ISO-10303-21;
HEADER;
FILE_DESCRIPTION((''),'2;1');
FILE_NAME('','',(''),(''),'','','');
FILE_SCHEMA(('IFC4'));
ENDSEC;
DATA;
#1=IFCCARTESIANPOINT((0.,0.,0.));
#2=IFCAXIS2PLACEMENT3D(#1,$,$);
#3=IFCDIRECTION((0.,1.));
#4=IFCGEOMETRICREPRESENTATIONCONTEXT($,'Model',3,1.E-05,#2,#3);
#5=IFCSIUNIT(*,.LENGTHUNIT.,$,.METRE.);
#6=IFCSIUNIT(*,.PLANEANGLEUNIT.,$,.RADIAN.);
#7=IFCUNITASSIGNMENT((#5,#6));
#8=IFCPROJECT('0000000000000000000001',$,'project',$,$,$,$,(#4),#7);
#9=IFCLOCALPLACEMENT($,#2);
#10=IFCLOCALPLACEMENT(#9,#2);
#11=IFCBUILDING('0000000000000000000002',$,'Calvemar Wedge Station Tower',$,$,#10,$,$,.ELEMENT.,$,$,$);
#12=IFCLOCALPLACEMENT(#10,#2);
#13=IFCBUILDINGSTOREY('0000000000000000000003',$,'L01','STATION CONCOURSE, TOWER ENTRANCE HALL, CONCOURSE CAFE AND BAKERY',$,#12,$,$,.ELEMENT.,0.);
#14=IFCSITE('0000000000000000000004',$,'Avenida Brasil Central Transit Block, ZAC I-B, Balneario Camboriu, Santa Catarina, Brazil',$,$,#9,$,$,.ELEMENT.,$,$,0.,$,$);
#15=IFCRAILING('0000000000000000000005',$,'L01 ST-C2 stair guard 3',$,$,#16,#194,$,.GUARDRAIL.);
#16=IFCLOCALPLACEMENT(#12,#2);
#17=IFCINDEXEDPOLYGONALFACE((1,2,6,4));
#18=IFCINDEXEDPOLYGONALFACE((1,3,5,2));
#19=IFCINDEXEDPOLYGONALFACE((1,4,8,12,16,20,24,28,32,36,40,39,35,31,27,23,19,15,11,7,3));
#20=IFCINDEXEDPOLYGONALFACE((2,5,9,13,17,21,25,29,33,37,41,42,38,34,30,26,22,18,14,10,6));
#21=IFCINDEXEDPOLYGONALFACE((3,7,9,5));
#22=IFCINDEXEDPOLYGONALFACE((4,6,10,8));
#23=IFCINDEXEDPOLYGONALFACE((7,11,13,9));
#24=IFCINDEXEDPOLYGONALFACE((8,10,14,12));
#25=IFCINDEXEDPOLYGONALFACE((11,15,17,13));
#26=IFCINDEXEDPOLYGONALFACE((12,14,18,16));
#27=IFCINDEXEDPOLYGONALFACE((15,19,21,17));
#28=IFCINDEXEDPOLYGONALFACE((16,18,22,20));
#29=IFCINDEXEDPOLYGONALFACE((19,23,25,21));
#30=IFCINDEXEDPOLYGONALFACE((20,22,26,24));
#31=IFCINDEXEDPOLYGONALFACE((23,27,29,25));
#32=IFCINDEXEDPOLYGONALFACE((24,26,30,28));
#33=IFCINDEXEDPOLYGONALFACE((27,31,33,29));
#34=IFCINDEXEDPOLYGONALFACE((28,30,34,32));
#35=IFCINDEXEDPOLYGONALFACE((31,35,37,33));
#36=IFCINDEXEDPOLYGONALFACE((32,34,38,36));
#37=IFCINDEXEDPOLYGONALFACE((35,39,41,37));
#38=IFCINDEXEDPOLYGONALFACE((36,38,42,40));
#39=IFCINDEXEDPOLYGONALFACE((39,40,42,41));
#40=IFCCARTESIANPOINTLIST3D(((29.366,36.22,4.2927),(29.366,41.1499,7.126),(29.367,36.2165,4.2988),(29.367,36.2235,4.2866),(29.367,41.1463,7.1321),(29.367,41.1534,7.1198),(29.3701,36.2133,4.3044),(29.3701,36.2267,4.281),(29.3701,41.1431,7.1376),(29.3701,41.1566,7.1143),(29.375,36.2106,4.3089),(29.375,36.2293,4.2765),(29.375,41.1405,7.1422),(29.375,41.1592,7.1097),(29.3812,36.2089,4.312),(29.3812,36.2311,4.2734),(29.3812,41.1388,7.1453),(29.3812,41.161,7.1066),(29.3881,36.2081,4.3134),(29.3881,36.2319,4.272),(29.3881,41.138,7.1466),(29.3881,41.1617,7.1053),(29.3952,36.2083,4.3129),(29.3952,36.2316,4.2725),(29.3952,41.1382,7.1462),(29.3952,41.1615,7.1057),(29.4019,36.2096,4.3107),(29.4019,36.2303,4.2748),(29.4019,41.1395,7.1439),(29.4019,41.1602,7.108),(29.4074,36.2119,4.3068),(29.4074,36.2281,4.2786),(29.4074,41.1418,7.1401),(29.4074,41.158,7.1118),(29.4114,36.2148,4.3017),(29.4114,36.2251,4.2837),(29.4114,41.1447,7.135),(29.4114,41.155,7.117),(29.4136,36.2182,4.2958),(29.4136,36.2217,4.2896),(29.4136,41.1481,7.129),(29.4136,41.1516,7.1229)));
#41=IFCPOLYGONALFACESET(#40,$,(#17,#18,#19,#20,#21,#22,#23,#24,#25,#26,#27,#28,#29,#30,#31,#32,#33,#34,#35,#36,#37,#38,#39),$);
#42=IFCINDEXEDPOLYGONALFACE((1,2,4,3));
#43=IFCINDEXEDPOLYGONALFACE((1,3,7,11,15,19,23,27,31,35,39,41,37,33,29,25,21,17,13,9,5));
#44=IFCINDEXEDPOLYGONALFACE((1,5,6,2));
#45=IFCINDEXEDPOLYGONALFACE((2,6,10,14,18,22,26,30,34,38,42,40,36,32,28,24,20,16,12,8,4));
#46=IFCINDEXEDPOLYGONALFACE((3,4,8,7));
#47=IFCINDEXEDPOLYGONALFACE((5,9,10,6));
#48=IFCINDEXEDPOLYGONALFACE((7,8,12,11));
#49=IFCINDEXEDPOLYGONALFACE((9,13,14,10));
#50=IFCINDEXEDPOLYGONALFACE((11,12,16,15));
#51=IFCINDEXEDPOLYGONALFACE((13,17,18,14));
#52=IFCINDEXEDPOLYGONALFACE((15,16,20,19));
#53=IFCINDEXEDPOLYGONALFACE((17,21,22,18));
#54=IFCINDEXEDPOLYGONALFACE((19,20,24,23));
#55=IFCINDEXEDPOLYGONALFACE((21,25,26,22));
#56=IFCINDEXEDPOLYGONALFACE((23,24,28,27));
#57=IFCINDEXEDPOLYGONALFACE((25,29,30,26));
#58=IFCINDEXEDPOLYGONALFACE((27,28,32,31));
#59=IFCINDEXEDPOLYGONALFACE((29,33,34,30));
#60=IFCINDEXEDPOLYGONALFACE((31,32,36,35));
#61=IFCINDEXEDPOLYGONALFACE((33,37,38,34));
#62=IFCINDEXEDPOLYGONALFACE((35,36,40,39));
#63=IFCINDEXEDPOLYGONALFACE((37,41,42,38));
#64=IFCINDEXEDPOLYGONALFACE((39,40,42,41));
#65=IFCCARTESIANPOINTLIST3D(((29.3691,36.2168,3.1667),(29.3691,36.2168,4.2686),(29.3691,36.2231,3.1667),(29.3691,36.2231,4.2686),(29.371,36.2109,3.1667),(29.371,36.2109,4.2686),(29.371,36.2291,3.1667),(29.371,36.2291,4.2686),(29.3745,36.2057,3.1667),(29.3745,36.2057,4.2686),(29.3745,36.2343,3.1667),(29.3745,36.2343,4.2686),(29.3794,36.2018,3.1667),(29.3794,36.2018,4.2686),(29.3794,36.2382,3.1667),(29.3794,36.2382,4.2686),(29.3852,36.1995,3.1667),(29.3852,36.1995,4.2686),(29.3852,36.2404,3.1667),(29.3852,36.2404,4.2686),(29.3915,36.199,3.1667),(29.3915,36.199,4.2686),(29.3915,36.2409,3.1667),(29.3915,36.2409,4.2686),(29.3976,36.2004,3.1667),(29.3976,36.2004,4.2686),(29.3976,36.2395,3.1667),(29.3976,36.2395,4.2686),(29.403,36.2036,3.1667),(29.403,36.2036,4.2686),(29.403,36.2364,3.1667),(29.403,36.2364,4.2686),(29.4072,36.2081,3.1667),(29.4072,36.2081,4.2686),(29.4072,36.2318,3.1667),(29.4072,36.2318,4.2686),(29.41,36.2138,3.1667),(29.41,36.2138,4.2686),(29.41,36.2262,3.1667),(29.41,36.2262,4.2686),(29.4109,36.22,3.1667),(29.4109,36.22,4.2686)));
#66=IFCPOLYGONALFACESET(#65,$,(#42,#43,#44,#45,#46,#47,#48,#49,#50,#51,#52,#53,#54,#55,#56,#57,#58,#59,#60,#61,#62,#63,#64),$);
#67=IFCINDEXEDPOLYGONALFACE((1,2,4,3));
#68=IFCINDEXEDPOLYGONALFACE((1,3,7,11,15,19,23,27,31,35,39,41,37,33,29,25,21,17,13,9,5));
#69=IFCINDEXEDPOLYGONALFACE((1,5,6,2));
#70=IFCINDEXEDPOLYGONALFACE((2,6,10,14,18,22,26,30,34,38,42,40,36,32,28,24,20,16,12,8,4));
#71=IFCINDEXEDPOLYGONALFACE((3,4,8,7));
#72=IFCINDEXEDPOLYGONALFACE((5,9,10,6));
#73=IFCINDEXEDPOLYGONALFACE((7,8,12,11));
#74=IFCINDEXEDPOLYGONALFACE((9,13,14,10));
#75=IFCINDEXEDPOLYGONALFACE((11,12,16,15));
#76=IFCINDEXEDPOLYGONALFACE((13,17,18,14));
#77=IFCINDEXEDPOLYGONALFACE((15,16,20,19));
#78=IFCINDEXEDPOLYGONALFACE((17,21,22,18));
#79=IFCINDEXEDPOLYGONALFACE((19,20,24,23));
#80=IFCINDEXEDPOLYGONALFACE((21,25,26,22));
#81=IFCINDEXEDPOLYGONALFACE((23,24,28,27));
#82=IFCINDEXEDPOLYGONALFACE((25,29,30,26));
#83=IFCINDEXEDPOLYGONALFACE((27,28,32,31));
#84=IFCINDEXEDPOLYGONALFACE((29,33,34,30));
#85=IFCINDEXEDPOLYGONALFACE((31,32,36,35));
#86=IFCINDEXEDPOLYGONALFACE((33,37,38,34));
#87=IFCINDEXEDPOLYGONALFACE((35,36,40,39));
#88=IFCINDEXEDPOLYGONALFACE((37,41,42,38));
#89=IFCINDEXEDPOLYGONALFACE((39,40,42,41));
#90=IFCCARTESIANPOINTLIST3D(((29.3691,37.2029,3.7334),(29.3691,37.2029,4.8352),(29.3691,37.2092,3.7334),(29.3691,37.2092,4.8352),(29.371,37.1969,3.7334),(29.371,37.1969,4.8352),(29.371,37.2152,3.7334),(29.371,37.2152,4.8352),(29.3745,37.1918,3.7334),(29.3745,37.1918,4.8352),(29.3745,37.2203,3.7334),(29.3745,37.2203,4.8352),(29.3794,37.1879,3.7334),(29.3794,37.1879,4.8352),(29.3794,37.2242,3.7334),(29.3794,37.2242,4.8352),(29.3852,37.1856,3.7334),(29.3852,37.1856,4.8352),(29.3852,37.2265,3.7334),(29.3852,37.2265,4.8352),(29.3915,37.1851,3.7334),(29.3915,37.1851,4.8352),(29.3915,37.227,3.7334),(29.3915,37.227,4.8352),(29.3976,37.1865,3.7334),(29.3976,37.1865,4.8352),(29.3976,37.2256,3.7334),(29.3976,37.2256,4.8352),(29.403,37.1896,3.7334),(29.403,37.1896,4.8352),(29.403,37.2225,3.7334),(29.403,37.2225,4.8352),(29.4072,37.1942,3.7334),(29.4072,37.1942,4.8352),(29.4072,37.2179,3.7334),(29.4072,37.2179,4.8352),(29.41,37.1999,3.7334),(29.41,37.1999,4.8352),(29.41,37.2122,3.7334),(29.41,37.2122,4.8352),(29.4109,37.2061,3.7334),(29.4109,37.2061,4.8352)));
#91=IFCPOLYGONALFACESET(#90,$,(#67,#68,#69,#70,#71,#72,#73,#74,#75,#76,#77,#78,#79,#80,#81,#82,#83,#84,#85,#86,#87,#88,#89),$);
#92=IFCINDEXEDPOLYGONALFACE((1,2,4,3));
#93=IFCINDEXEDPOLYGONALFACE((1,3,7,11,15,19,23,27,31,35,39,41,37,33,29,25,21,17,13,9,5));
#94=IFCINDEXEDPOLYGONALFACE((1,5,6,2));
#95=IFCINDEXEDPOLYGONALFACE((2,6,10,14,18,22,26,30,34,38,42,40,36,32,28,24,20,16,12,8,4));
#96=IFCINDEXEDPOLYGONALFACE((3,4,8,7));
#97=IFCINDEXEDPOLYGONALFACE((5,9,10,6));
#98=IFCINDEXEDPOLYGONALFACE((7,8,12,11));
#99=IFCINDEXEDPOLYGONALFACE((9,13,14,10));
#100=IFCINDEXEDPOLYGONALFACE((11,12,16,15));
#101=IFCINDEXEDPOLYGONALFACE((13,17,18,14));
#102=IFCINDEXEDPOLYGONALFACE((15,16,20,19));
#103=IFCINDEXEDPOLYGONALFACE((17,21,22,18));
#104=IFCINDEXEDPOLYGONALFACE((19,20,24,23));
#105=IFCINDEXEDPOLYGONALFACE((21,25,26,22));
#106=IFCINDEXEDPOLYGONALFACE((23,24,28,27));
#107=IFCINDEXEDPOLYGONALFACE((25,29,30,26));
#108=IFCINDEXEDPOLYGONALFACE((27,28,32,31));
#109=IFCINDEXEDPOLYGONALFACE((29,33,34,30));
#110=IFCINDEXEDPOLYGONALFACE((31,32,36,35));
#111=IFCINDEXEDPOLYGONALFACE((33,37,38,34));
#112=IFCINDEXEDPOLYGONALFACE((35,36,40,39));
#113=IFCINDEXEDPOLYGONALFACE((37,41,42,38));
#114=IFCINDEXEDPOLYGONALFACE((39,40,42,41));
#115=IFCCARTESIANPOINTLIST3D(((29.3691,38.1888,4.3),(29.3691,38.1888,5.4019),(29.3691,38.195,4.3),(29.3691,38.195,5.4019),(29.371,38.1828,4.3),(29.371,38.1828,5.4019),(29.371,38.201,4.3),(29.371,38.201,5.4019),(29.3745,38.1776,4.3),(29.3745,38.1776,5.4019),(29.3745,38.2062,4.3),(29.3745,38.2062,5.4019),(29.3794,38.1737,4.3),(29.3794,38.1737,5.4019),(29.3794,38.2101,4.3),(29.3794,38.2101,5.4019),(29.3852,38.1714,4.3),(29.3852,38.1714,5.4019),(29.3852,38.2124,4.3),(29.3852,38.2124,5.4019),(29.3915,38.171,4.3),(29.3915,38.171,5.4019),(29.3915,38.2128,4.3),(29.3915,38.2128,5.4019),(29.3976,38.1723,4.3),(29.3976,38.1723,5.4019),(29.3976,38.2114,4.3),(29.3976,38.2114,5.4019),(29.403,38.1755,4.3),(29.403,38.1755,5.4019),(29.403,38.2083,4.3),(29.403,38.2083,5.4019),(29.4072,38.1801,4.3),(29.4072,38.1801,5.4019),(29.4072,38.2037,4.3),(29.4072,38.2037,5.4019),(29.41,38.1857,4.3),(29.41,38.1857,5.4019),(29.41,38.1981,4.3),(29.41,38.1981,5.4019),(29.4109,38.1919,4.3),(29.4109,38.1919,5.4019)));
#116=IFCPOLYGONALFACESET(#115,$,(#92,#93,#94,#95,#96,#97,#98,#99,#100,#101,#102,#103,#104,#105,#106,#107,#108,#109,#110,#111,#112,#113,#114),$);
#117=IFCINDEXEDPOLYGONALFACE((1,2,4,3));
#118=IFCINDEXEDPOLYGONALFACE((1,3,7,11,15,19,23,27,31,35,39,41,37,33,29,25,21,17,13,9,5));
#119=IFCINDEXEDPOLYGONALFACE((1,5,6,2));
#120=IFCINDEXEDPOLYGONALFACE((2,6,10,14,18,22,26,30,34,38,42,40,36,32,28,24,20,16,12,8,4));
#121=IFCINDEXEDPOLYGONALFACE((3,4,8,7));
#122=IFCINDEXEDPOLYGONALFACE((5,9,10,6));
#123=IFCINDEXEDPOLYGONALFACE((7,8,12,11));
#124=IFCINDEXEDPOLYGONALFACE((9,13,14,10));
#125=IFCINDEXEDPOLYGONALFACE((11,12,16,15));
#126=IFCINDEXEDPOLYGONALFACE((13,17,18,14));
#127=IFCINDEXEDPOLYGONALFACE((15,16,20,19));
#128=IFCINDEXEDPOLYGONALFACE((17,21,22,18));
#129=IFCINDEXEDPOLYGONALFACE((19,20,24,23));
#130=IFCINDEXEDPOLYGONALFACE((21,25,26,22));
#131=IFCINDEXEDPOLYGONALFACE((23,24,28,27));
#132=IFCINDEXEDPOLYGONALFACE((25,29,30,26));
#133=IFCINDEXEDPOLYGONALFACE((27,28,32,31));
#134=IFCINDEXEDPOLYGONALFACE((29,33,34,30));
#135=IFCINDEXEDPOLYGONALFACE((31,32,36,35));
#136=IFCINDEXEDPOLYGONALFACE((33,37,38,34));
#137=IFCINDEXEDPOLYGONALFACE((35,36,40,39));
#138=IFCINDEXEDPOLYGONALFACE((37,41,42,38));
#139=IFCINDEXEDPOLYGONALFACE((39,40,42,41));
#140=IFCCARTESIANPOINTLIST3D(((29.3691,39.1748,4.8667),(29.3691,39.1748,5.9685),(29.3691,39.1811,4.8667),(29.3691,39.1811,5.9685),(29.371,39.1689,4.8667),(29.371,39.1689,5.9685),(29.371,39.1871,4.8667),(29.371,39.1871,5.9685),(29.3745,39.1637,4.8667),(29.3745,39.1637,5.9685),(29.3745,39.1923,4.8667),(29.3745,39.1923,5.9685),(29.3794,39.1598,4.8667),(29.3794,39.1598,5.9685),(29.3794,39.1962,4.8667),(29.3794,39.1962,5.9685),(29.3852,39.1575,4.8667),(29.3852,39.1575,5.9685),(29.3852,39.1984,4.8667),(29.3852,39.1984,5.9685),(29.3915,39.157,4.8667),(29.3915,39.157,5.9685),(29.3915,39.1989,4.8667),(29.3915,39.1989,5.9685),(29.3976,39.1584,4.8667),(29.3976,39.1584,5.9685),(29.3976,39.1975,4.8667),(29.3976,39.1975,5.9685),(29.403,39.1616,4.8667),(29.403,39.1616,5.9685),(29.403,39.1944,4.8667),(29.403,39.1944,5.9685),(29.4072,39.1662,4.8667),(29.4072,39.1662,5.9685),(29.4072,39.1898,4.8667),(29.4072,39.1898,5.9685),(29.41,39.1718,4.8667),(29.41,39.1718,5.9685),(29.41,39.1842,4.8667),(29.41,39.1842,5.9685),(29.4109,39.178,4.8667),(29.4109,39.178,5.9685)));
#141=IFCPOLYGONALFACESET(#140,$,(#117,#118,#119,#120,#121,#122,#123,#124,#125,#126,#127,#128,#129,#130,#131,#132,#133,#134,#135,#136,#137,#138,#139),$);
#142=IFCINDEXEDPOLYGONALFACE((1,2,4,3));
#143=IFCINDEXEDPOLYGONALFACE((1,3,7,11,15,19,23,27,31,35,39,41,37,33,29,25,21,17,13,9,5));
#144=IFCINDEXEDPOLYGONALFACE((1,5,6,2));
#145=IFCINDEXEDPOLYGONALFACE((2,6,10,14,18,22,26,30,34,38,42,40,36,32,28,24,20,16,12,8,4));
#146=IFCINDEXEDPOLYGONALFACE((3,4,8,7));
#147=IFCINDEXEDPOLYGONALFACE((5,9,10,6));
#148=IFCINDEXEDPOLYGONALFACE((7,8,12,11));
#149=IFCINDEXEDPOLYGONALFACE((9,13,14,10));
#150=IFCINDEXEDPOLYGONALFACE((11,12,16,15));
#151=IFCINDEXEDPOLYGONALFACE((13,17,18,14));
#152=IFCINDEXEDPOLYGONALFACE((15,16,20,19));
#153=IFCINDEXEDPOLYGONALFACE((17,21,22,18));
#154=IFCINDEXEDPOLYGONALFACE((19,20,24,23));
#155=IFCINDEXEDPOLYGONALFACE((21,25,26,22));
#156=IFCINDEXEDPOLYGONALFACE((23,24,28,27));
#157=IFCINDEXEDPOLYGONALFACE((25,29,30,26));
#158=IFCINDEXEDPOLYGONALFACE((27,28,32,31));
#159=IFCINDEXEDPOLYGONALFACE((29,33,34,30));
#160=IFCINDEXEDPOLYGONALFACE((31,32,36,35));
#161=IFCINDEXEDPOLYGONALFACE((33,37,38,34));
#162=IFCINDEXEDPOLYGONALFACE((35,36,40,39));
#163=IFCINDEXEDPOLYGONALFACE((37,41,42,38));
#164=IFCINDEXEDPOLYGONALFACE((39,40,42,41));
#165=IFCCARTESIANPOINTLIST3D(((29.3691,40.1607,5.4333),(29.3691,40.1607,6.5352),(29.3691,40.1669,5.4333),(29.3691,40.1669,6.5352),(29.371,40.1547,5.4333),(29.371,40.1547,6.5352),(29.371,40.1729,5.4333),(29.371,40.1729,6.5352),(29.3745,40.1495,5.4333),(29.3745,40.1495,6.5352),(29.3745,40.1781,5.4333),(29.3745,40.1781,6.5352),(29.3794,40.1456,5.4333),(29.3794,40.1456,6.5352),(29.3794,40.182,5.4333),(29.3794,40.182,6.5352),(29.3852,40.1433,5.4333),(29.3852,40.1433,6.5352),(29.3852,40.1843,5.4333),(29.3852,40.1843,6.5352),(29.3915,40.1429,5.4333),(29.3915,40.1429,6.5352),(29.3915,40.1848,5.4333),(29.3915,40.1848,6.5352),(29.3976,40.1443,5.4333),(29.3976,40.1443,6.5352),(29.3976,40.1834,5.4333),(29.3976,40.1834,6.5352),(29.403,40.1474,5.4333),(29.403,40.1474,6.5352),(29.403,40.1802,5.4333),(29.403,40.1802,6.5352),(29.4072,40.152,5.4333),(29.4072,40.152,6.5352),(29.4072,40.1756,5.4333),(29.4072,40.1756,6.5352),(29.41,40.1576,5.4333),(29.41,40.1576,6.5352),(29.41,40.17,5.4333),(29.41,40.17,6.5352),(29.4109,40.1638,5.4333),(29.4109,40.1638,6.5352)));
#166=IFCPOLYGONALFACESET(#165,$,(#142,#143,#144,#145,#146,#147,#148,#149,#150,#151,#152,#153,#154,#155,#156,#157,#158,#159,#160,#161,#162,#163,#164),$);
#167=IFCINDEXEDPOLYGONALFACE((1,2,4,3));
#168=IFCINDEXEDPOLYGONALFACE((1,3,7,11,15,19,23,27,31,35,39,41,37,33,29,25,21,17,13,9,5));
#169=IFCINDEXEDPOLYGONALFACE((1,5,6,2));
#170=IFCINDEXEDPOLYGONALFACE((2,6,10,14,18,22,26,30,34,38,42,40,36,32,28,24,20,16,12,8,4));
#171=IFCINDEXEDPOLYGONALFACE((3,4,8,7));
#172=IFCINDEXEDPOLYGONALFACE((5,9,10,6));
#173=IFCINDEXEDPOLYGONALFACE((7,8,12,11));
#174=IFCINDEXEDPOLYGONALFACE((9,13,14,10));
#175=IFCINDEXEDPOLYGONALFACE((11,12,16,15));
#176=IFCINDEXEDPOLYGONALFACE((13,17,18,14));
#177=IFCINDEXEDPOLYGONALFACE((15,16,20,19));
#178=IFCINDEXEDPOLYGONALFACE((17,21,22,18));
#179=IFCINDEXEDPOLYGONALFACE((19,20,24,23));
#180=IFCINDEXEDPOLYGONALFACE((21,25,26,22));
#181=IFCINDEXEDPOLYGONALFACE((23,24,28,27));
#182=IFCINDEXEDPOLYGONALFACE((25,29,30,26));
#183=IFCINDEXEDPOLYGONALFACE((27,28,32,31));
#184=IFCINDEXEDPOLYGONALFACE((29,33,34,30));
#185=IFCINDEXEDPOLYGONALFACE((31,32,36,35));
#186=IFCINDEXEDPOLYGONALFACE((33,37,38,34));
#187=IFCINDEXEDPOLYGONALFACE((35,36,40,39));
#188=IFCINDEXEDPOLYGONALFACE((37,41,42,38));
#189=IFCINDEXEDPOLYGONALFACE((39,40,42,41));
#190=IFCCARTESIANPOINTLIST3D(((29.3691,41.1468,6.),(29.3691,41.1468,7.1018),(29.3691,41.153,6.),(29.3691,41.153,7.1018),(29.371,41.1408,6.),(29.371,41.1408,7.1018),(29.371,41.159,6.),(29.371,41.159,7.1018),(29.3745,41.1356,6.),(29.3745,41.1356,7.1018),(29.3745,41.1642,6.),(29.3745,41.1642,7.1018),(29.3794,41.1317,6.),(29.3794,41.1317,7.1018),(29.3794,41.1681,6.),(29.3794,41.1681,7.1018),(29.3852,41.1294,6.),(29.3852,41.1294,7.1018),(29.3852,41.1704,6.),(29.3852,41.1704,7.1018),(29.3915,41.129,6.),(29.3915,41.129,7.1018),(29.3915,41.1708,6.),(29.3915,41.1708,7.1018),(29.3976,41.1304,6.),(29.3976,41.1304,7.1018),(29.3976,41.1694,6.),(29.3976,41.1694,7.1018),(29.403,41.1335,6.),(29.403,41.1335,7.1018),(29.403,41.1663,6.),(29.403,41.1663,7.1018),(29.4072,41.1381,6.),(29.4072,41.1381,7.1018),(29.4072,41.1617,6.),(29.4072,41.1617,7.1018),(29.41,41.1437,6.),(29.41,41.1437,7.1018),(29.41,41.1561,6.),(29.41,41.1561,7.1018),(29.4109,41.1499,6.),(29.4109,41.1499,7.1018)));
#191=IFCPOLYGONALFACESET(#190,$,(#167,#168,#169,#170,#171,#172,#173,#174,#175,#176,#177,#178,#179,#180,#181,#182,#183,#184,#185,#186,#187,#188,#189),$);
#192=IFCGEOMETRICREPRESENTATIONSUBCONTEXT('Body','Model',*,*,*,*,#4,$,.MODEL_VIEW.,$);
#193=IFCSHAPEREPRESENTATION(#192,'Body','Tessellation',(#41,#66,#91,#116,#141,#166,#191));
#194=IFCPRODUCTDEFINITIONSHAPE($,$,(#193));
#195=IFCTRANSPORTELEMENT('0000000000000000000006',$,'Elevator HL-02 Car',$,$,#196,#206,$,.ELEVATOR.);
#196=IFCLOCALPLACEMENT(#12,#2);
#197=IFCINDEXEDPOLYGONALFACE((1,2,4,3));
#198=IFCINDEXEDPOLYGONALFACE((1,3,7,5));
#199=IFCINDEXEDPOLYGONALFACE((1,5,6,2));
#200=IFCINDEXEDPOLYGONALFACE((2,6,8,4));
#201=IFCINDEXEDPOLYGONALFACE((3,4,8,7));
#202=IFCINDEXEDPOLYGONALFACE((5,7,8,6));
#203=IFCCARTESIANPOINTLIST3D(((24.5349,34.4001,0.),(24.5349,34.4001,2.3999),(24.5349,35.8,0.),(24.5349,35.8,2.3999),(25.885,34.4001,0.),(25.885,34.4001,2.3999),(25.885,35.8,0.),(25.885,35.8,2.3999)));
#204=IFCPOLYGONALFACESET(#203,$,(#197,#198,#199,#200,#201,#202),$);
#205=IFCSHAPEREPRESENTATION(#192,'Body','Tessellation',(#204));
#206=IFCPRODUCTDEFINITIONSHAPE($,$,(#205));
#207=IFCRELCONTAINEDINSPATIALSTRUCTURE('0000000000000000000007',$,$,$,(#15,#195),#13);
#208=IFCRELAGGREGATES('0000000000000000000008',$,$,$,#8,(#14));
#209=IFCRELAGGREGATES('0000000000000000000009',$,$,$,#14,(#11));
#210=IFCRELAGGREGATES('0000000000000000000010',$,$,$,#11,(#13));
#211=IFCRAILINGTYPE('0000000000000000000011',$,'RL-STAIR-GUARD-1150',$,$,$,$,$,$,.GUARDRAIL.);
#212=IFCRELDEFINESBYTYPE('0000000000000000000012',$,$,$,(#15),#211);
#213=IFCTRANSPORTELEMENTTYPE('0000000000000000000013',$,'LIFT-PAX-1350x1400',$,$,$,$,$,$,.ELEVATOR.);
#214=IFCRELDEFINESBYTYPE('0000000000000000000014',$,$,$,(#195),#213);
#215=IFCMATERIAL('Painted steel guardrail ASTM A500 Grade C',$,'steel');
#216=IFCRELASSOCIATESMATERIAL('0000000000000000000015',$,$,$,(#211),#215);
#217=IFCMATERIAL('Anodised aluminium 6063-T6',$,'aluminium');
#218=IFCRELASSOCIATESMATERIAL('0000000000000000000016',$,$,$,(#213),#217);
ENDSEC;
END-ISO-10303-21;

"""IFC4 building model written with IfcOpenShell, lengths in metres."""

from ifc_helpers import new_model, si_unit, direction, frame, origin, origin_2d, place, context, subcontext, project, spatial, rectangle, circle, extrude, source, transform, mapped, material, type_object, element, save


model = new_model("IFC4")

# Units and contexts
model_context = context("Model", 3, precision=1e-05, world=origin(), true_north=direction((0.0, 1.0)))
body_context = subcontext(model_context, "Body", "Model", "MODEL_VIEW")
ifc_project = project(units=[si_unit("LENGTHUNIT", "METRE"), si_unit("PLANEANGLEUNIT", "RADIAN")], contexts=[model_context])

# Site, building, storey
site_placement = place(None, origin())
site = spatial("IfcSite", under=ifc_project, at=site_placement, Name="Avenida Brasil Central Transit Block, ZAC I-B, Balneario Camboriu, Santa Catarina, Brazil", CompositionType="ELEMENT", RefElevation=0.0)
building_placement = place(site_placement, origin())
building = spatial("IfcBuilding", under=site, at=building_placement, Name="Calvemar Wedge Station Tower", CompositionType="ELEMENT")
storey_placement = place(building_placement, origin())
storey = spatial("IfcBuildingStorey", under=building, at=storey_placement, Name="L01", Description="STATION CONCOURSE, TOWER ENTRANCE HALL, CONCOURSE CAFE AND BAKERY", CompositionType="ELEMENT", Elevation=0.0)

# Railing
ifc_material_1 = material(Name="Painted steel guardrail ASTM A500 Grade C", Category="steel")
railing_type_1 = type_object("IfcRailingType", Name="RL-STAIR-GUARD-1150", PredefinedType="GUARDRAIL", material=ifc_material_1)
railing_1_placement = place(storey_placement, frame((29.3899, 36.22, 3.1667)))
element("IfcRailing", 1, at=railing_1_placement, inside=storey, type_object=railing_type_1, Name="L01 ST-C2 stair guard 3", PredefinedType="GUARDRAIL", context=body_context, shape_type="SweptSolid", body=[
    extrude(circle(Radius=0.0239, at=origin_2d()), frame((0.0, 0.0, 1.126), z_axis=(0.0, 0.867017, 0.498278), x_axis=(-1.0, 0.0, 0.0)), (0.0, 0.0, 1.0), 5.686),
    extrude(circle(Radius=0.021, at=origin_2d()), origin(), (0.0, 0.0, 1.0), 1.1018),
    extrude(circle(Radius=0.021, at=origin_2d()), frame((0.0, 0.9861, 0.5667)), (0.0, 0.0, 1.0), 1.1018),
    extrude(circle(Radius=0.021, at=origin_2d()), frame((0.0, 1.9719, 1.1333)), (0.0, 0.0, 1.0), 1.1018),
    extrude(circle(Radius=0.021, at=origin_2d()), frame((0.0, 2.958, 1.7)), (0.0, 0.0, 1.0), 1.1018),
    extrude(circle(Radius=0.021, at=origin_2d()), frame((0.0, 3.9438, 2.2666)), (0.0, 0.0, 1.0), 1.1018),
    extrude(circle(Radius=0.021, at=origin_2d()), frame((0.0, 4.9299, 2.8333)), (0.0, 0.0, 1.0), 1.1018),
])

# Transport element
ifc_material_2 = material(Name="Anodised aluminium 6063-T6", Category="aluminium")
transport_element_type = type_object("IfcTransportElementType", Name="LIFT-PAX-1350x1400", PredefinedType="ELEVATOR", material=ifc_material_2)
shared_shape_1 = source(origin(), body_context, "Body", "SweptSolid", [
    extrude(rectangle(XDim=1.3501, YDim=1.3999, at=origin_2d()), origin(), (0.0, 0.0, 1.0), 2.3999),
])
transport_element_placement = place(storey_placement, frame((25.21, 35.1001, 0.0), z_axis=(0.0, 0.0, 1.0), x_axis=(1.0, 0.0, 0.0)))
element("IfcTransportElement", 2, at=transport_element_placement, inside=storey, type_object=transport_element_type, Name="Elevator HL-02 Car", PredefinedType="ELEVATOR", context=body_context, shape_type="MappedRepresentation", body=[
    mapped(shared_shape_1, transform((0.0, 0.0, 0.0), scale=1.0)),
])

save(model, "model.ifc")
